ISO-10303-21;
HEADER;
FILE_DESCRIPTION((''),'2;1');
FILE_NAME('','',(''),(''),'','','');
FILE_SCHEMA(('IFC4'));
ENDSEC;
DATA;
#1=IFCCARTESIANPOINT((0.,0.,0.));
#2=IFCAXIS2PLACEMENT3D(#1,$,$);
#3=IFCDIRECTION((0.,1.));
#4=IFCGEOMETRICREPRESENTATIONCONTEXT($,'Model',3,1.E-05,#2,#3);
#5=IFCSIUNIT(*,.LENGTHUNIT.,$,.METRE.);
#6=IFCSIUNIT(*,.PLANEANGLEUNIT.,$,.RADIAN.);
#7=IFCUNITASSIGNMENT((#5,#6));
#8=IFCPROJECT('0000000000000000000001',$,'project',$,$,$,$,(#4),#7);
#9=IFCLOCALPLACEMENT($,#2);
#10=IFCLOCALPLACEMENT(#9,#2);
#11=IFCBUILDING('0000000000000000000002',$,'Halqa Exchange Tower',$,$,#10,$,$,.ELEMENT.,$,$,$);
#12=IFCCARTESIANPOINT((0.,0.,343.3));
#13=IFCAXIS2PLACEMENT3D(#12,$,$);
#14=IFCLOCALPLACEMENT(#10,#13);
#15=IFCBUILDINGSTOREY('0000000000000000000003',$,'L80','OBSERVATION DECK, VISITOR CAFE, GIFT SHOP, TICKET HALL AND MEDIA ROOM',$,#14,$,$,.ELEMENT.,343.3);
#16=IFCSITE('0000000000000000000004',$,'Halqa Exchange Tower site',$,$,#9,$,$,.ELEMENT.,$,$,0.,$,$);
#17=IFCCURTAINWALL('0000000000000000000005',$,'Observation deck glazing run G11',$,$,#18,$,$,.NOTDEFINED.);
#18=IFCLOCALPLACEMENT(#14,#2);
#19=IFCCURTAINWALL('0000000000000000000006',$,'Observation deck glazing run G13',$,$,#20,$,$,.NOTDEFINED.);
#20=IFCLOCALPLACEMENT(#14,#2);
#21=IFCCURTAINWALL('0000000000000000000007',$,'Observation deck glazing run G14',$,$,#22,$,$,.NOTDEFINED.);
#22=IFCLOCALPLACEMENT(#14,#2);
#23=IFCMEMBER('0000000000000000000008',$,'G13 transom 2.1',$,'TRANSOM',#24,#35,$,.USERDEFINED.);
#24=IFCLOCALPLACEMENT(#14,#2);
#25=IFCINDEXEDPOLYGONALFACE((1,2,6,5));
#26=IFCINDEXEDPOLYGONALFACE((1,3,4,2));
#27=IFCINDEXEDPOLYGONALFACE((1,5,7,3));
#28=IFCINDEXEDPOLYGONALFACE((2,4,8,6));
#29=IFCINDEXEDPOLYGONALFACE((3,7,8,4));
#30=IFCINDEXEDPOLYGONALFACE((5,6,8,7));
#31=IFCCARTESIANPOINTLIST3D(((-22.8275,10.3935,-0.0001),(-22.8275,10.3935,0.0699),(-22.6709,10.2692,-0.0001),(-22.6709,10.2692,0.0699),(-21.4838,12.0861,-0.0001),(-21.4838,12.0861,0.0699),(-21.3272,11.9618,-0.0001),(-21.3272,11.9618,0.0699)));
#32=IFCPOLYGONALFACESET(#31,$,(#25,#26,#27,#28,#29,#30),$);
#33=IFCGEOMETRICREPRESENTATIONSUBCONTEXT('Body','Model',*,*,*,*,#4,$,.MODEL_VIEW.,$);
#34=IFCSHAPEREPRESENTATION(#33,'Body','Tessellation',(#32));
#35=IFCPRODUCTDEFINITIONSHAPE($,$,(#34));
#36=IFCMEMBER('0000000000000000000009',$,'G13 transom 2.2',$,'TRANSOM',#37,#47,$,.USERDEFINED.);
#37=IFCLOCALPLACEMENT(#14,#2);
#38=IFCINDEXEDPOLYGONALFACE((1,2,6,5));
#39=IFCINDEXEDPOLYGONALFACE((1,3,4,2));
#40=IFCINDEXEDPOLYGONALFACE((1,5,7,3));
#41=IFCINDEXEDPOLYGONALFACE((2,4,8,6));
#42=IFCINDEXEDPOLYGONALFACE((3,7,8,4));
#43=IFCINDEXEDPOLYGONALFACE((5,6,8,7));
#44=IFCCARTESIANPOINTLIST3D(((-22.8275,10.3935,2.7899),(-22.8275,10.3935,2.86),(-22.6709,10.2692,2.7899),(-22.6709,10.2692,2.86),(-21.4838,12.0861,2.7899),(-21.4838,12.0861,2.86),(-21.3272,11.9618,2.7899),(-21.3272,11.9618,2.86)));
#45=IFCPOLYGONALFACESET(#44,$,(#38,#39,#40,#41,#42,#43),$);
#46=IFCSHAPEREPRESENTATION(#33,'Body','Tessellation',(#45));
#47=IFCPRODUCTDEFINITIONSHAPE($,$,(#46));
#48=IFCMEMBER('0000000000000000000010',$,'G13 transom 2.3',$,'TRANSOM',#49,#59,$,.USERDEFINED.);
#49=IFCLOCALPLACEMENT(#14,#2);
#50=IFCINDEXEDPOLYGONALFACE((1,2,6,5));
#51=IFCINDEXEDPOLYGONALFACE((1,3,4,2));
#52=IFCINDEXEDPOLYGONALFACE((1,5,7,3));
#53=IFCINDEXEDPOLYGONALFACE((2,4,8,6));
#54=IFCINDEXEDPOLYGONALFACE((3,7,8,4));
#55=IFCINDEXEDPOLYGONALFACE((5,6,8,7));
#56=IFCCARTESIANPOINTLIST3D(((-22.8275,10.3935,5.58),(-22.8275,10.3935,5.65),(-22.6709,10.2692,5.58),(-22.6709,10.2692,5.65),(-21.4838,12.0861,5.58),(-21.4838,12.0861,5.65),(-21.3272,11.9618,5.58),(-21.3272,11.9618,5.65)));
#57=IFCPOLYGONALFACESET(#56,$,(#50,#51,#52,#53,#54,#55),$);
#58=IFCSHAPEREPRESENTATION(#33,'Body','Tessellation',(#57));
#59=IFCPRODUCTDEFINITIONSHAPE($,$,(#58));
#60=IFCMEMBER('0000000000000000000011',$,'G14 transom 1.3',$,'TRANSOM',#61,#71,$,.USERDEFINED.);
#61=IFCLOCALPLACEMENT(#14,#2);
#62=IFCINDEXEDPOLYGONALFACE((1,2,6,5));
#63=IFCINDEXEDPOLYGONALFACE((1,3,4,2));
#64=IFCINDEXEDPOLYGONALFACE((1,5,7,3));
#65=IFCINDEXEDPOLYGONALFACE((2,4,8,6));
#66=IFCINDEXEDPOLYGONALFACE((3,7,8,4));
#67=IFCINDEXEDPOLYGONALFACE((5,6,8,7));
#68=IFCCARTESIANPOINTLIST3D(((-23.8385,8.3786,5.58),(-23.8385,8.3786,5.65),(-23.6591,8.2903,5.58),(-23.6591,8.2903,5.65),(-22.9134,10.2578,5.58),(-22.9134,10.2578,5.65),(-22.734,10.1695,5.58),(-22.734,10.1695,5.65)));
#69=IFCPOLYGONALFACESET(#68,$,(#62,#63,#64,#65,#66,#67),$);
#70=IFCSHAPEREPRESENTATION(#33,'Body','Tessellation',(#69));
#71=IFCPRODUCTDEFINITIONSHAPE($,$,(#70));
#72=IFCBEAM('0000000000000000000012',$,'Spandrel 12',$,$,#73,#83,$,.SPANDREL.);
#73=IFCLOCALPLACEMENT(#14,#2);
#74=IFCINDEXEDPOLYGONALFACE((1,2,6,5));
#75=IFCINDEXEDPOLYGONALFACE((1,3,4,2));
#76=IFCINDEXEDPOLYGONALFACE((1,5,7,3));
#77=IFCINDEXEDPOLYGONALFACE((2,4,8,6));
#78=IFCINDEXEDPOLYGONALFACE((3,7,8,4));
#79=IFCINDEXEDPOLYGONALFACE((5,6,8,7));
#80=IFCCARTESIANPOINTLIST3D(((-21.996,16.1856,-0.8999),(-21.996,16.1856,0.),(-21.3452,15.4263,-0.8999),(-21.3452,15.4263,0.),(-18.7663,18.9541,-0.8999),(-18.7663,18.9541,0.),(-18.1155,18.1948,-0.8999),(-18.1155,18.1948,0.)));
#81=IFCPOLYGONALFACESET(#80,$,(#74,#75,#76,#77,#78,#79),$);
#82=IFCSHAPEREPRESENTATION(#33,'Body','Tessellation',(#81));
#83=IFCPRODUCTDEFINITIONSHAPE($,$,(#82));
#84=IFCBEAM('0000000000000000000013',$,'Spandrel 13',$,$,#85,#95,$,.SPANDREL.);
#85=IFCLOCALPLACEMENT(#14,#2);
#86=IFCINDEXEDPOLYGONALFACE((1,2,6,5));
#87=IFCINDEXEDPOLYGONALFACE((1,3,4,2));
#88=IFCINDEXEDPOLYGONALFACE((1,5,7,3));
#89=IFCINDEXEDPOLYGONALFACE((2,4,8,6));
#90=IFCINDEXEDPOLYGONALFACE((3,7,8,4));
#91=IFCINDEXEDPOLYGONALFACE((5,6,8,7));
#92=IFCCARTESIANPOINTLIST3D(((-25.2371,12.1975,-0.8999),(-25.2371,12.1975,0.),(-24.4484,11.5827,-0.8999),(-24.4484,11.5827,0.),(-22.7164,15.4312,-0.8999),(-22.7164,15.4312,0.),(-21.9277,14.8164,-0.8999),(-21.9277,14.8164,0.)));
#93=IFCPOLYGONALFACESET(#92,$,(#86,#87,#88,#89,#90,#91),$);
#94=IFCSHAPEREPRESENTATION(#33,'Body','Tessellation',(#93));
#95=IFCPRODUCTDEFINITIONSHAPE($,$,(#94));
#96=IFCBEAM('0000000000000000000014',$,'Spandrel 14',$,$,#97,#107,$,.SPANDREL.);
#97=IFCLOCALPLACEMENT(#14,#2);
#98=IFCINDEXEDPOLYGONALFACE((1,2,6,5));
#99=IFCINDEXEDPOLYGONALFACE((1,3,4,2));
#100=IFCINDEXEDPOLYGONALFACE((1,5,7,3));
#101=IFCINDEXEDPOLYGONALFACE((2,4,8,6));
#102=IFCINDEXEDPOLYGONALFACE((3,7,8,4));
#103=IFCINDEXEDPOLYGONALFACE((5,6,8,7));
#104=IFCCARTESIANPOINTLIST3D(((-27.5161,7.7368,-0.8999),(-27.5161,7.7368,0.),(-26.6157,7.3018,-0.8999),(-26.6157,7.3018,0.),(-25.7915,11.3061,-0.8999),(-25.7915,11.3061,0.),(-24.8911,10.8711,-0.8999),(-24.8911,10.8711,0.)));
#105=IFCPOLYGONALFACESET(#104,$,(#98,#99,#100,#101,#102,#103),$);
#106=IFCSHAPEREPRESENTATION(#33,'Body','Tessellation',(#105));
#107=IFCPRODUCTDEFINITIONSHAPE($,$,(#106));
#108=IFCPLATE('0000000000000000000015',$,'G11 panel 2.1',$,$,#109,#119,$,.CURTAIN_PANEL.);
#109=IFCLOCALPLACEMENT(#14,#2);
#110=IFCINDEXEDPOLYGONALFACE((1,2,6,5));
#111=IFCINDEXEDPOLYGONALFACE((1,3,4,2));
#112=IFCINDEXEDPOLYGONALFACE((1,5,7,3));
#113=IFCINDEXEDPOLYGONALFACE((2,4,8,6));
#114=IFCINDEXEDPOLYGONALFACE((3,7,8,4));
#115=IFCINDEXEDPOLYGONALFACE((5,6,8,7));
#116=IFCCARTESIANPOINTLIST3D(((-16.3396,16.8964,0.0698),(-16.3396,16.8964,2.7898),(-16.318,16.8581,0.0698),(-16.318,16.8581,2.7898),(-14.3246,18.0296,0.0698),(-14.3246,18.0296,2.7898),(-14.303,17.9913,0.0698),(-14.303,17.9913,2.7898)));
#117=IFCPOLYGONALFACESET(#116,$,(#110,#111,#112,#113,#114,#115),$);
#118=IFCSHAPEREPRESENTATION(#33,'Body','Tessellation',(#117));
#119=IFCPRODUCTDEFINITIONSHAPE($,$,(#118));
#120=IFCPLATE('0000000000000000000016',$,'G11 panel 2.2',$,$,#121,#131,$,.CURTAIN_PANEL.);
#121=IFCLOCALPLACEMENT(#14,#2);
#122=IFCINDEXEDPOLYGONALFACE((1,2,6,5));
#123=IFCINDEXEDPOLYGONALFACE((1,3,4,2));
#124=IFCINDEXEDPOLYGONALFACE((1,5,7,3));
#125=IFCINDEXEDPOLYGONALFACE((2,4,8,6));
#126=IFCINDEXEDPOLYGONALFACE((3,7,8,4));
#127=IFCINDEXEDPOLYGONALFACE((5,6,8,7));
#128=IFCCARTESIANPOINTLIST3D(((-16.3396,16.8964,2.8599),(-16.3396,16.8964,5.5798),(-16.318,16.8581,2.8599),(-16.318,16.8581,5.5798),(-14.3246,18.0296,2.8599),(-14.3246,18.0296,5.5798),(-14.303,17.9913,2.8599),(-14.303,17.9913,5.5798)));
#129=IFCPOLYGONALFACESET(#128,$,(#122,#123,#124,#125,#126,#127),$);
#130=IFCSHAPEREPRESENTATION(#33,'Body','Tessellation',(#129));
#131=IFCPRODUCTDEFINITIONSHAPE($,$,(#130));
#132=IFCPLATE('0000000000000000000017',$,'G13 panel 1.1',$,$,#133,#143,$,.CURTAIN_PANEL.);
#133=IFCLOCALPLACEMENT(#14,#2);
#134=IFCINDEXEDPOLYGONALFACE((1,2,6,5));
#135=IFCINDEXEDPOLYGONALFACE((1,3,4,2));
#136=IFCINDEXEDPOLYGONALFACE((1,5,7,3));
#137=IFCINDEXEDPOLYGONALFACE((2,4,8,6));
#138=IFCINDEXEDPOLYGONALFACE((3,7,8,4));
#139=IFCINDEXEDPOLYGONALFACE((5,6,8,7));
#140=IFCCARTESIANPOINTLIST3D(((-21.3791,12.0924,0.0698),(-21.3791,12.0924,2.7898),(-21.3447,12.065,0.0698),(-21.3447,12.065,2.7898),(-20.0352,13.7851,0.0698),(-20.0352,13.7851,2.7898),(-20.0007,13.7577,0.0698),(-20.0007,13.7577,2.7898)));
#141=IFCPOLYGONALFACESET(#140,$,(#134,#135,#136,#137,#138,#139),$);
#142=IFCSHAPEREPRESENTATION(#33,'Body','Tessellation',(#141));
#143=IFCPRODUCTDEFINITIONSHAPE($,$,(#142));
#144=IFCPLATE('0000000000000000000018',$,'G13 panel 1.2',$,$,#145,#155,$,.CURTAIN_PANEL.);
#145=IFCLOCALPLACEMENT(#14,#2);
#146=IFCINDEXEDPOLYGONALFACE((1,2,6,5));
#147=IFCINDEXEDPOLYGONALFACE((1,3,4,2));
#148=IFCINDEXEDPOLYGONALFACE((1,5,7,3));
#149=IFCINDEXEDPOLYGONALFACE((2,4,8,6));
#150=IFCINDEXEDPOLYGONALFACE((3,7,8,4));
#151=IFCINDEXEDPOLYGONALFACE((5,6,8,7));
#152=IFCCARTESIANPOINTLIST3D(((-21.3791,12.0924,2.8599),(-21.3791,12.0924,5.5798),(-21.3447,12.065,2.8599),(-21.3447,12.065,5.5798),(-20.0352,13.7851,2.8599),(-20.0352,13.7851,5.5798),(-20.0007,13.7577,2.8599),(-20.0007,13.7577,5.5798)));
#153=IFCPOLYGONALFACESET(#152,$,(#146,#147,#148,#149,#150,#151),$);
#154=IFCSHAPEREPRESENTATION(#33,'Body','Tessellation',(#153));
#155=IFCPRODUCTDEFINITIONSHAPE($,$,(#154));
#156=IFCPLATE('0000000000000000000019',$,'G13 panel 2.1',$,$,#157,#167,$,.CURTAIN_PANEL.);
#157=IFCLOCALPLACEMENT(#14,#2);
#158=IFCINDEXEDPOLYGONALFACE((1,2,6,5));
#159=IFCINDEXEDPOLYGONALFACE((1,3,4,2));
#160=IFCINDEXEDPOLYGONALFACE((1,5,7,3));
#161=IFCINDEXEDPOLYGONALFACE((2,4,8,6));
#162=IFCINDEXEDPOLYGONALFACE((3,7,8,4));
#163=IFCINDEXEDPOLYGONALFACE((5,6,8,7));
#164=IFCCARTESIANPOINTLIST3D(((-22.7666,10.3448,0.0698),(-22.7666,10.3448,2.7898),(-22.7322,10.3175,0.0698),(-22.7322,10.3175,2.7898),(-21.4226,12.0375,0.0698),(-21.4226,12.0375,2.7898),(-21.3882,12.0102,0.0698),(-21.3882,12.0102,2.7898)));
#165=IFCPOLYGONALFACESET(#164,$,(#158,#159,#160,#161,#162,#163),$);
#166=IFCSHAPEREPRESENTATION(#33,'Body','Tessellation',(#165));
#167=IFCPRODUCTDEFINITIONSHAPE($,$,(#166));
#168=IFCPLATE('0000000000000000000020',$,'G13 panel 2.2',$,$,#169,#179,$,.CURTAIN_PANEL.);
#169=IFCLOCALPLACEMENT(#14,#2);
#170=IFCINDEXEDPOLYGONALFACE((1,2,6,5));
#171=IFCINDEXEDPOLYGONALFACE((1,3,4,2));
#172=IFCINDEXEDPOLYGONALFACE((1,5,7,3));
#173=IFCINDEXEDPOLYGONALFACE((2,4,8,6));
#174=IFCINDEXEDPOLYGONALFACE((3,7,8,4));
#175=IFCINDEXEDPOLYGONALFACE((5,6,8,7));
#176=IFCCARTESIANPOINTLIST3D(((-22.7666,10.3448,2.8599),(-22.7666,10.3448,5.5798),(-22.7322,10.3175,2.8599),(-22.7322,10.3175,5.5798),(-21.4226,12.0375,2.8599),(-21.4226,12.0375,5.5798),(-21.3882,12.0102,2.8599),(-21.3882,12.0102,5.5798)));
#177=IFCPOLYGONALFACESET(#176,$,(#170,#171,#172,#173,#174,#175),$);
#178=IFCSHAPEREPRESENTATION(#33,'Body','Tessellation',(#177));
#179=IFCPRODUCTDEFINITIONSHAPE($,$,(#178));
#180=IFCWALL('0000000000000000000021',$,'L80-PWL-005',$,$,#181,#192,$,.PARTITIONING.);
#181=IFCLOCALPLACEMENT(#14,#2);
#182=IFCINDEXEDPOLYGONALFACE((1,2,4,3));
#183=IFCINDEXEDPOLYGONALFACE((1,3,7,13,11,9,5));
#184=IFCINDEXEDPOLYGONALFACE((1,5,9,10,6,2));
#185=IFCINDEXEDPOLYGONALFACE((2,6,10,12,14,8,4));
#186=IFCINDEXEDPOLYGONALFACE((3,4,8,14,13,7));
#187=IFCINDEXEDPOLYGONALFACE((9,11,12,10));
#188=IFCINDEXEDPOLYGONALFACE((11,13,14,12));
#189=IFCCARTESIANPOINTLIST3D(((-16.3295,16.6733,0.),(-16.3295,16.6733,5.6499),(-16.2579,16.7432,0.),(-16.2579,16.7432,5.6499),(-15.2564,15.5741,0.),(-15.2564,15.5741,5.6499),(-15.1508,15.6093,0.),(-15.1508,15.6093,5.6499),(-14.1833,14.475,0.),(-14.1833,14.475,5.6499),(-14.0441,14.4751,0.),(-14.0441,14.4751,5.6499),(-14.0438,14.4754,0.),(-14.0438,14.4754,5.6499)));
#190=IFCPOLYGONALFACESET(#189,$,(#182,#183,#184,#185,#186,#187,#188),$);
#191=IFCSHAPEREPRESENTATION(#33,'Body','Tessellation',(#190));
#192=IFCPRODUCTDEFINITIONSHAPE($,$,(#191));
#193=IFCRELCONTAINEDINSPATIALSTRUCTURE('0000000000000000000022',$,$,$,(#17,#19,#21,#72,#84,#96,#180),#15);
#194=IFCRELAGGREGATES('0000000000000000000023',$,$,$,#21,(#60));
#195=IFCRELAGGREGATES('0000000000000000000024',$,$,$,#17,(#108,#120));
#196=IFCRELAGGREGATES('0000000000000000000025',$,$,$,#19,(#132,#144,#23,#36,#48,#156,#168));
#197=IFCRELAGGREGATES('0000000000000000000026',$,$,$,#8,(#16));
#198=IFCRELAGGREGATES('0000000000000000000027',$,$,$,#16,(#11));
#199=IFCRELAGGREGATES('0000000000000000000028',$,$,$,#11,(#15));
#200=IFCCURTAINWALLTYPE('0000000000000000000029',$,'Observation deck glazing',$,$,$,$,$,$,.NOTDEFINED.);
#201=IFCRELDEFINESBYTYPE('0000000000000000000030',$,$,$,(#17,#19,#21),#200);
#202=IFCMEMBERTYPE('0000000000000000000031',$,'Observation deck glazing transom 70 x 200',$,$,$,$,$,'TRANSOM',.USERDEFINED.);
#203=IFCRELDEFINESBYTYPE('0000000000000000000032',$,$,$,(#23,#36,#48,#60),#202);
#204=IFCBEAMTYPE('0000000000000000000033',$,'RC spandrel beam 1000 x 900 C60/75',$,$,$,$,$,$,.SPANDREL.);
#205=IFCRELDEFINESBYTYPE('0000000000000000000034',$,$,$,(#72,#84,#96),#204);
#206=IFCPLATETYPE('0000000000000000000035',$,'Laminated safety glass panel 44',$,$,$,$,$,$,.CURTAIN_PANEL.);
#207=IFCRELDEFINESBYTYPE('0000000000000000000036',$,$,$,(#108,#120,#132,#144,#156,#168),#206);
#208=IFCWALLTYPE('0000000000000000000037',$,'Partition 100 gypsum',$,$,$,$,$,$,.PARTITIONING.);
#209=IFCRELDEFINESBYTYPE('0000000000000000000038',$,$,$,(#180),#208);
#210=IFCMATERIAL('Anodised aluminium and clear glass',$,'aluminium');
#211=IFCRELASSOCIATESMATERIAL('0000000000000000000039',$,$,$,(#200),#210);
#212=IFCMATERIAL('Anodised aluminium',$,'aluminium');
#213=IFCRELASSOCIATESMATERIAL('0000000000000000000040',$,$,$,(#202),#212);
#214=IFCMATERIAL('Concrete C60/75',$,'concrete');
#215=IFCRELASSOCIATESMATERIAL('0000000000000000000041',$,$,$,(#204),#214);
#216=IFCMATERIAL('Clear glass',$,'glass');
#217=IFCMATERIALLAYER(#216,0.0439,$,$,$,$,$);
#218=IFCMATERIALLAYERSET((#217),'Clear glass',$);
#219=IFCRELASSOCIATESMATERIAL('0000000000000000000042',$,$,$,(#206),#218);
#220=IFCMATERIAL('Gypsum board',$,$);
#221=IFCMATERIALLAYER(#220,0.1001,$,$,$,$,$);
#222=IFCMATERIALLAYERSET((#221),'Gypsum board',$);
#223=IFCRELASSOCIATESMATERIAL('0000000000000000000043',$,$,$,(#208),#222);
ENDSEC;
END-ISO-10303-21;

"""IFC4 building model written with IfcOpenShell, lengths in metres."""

from ifc_helpers import new_model, si_unit, direction, frame, origin, origin_2d, place, context, subcontext, project, spatial, polyline, rectangle, outline, extrude, material, layer, layer_set, material_profile, profile_set, type_object, element, aggregate, save


model = new_model("IFC4")

# Units and contexts
model_context = context("Model", 3, precision=1e-05, world=origin(), true_north=direction((0.0, 1.0)))
body_context = subcontext(model_context, "Body", "Model", "MODEL_VIEW")
ifc_project = project(units=[si_unit("LENGTHUNIT", "METRE"), si_unit("PLANEANGLEUNIT", "RADIAN")], contexts=[model_context])

# Site, building, storey
site_placement = place(None, origin())
site = spatial("IfcSite", under=ifc_project, at=site_placement, Name="Halqa Exchange Tower site", CompositionType="ELEMENT", RefElevation=0.0)
building_placement = place(site_placement, origin())
building = spatial("IfcBuilding", under=site, at=building_placement, Name="Halqa Exchange Tower", CompositionType="ELEMENT")
storey_placement = place(building_placement, frame((0.0, 0.0, 343.3)))
storey = spatial("IfcBuildingStorey", under=building, at=storey_placement, Name="L80", Description="OBSERVATION DECK, VISITOR CAFE, GIFT SHOP, TICKET HALL AND MEDIA ROOM", CompositionType="ELEMENT", Elevation=343.3)

# Curtain walls
ifc_material_1 = material(Name="Anodised aluminium and clear glass", Category="aluminium")
curtain_wall_type = type_object("IfcCurtainWallType", Name="Observation deck glazing", PredefinedType="NOTDEFINED", material=ifc_material_1)
curtain_wall_1_placement = place(storey_placement, origin())
curtain_wall_1 = element("IfcCurtainWall", 1, at=curtain_wall_1_placement, inside=storey, type_object=curtain_wall_type, Name="Observation deck glazing run G11", PredefinedType="NOTDEFINED")
ifc_material_2 = material(Name="Anodised aluminium", Category="aluminium")
curtain_wall_2_placement = place(storey_placement, origin())
curtain_wall_2 = element("IfcCurtainWall", 2, at=curtain_wall_2_placement, inside=storey, type_object=curtain_wall_type, Name="Observation deck glazing run G13", PredefinedType="NOTDEFINED")

# Curtain wall
curtain_wall_3_placement = place(storey_placement, origin())
curtain_wall_3 = element("IfcCurtainWall", 3, at=curtain_wall_3_placement, inside=storey, type_object=curtain_wall_type, Name="Observation deck glazing run G14", PredefinedType="NOTDEFINED")

# Members
ifc_material_profile_1 = material_profile(ifc_material_2, rectangle(XDim=0.2, YDim=0.0701, at=origin_2d()), Name="AL 70x200")
ifc_profile_set_1 = profile_set([ifc_material_profile_1], Name="Anodised aluminium")
member_type_1 = type_object("IfcMemberType", Name="Observation deck glazing transom 70 x 200", ElementType="TRANSOM", PredefinedType="USERDEFINED", material=ifc_profile_set_1)
member_1_placement = place(storey_placement, frame((-21.4055, 12.0239, 0.0349), z_axis=(-0.62177, -0.7832, 0.0), x_axis=(0.7832, -0.62177, 0.0)))
member_1 = element("IfcMember", 4, at=member_1_placement, type_object=member_type_1, Name="G13 transom 2.1", ObjectType="TRANSOM", PredefinedType="USERDEFINED", context=body_context, shape_type="SweptSolid", body=[
    extrude(rectangle(XDim=0.2, YDim=0.0701, at=origin_2d()), origin(), (0.0, 0.0, 1.0), 2.1611),
])
member_2_placement = place(storey_placement, frame((-21.4055, 12.0239, 2.825), z_axis=(-0.62177, -0.7832, 0.0), x_axis=(0.7832, -0.62177, 0.0)))
member_2 = element("IfcMember", 5, at=member_2_placement, type_object=member_type_1, Name="G13 transom 2.2", ObjectType="TRANSOM", PredefinedType="USERDEFINED", context=body_context, shape_type="SweptSolid", body=[
    extrude(rectangle(XDim=0.2, YDim=0.0701, at=origin_2d()), origin(), (0.0, 0.0, 1.0), 2.1611),
])
member_3_placement = place(storey_placement, frame((-21.4055, 12.0239, 5.615), z_axis=(-0.62177, -0.7832, 0.0), x_axis=(0.7832, -0.62177, 0.0)))
member_3 = element("IfcMember", 6, at=member_3_placement, type_object=member_type_1, Name="G13 transom 2.3", ObjectType="TRANSOM", PredefinedType="USERDEFINED", context=body_context, shape_type="SweptSolid", body=[
    extrude(rectangle(XDim=0.2, YDim=0.0701, at=origin_2d()), origin(), (0.0, 0.0, 1.0), 2.1611),
])
member_4_placement = place(storey_placement, frame((-22.8237, 10.2136, 5.615), z_axis=(-0.441657, -0.897184, 0.0), x_axis=(0.897184, -0.441657, 0.0)))
member_4 = element("IfcMember", 7, at=member_4_placement, type_object=member_type_1, Name="G14 transom 1.3", ObjectType="TRANSOM", PredefinedType="USERDEFINED", context=body_context, shape_type="SweptSolid", body=[
    extrude(rectangle(XDim=0.2, YDim=0.0701, at=origin_2d()), origin(), (0.0, 0.0, 1.0), 2.0945),
])
aggregate(curtain_wall_3, [member_4])

# Beams
ifc_material_3 = material(Name="Concrete C60/75", Category="concrete")
ifc_material_profile_2 = material_profile(ifc_material_3, rectangle(XDim=1.0, YDim=0.8999, at=origin_2d()), Name="1000 x 900")
ifc_profile_set_2 = profile_set([ifc_material_profile_2], Name="Concrete C60/75")
beam_type = type_object("IfcBeamType", Name="RC spandrel beam 1000 x 900 C60/75", PredefinedType="SPANDREL", material=ifc_profile_set_2)
beam_1_placement = place(storey_placement, frame((-18.4409, 18.5745, -0.45), z_axis=(-0.759232, -0.65082, 0.0), x_axis=(0.65082, -0.759232, 0.0)))
element("IfcBeam", 8, at=beam_1_placement, inside=storey, type_object=beam_type, Name="Spandrel 12", PredefinedType="SPANDREL", context=body_context, shape_type="SweptSolid", body=[
    extrude(rectangle(XDim=1.0, YDim=0.8999, at=origin_2d()), origin(), (0.0, 0.0, 1.0), 4.2539),
])
beam_2_placement = place(storey_placement, frame((-22.322, 15.1238, -0.45), z_axis=(-0.614806, -0.788678, 0.0), x_axis=(0.788678, -0.614806, 0.0)))
element("IfcBeam", 9, at=beam_2_placement, inside=storey, type_object=beam_type, Name="Spandrel 13", PredefinedType="SPANDREL", context=body_context, shape_type="SweptSolid", body=[
    extrude(rectangle(XDim=1.0, YDim=0.8999, at=origin_2d()), origin(), (0.0, 0.0, 1.0), 4.1001),
])
beam_3_placement = place(storey_placement, frame((-25.3413, 11.0886, -0.45), z_axis=(-0.435052, -0.900405, 0.0), x_axis=(0.900405, -0.435052, 0.0)))
element("IfcBeam", 10, at=beam_3_placement, inside=storey, type_object=beam_type, Name="Spandrel 14", PredefinedType="SPANDREL", context=body_context, shape_type="SweptSolid", body=[
    extrude(rectangle(XDim=1.0, YDim=0.8999, at=origin_2d()), origin(), (0.0, 0.0, 1.0), 3.9641),
])

# Plates
ifc_material_4 = material(Name="Clear glass", Category="glass")
ifc_layer_1 = layer(ifc_material_4, 0.0439)
ifc_layer_set_1 = layer_set([ifc_layer_1], Name="Clear glass")
plate_type = type_object("IfcPlateType", Name="Laminated safety glass panel 44", PredefinedType="CURTAIN_PANEL", material=ifc_layer_set_1)
plate_1_placement = place(storey_placement, frame((-15.3213, 17.4438, 0.0698), z_axis=(0.0, 0.0, 1.0), x_axis=(-0.871634, -0.490158, 0.0)))
plate_1 = element("IfcPlate", 11, at=plate_1_placement, type_object=plate_type, Name="G11 panel 2.1", PredefinedType="CURTAIN_PANEL", context=body_context, shape_type="SweptSolid", body=[
    extrude(rectangle(XDim=2.3118, YDim=0.0439, at=origin_2d()), origin(), (0.0, 0.0, 1.0), 2.72),
])
plate_2_placement = place(storey_placement, frame((-15.3213, 17.4438, 2.8599), z_axis=(0.0, 0.0, 1.0), x_axis=(-0.871634, -0.490158, 0.0)))
plate_2 = element("IfcPlate", 12, at=plate_2_placement, type_object=plate_type, Name="G11 panel 2.2", PredefinedType="CURTAIN_PANEL", context=body_context, shape_type="SweptSolid", body=[
    extrude(rectangle(XDim=2.3118, YDim=0.0439, at=origin_2d()), origin(), (0.0, 0.0, 1.0), 2.72),
])
aggregate(curtain_wall_1, [plate_1, plate_2])
plate_3_placement = place(storey_placement, frame((-20.6899, 12.925, 0.0698), z_axis=(0.0, 0.0, 1.0), x_axis=(-0.621817, -0.783162, 0.0)))
plate_3 = element("IfcPlate", 13, at=plate_3_placement, type_object=plate_type, Name="G13 panel 1.1", PredefinedType="CURTAIN_PANEL", context=body_context, shape_type="SweptSolid", body=[
    extrude(rectangle(XDim=2.1614, YDim=0.0439, at=origin_2d()), origin(), (0.0, 0.0, 1.0), 2.72),
])
plate_4_placement = place(storey_placement, frame((-20.6899, 12.925, 2.8599), z_axis=(0.0, 0.0, 1.0), x_axis=(-0.621817, -0.783162, 0.0)))
plate_4 = element("IfcPlate", 14, at=plate_4_placement, type_object=plate_type, Name="G13 panel 1.2", PredefinedType="CURTAIN_PANEL", context=body_context, shape_type="SweptSolid", body=[
    extrude(rectangle(XDim=2.1614, YDim=0.0439, at=origin_2d()), origin(), (0.0, 0.0, 1.0), 2.72),
])
plate_5_placement = place(storey_placement, frame((-22.0774, 11.1775, 0.0698), z_axis=(0.0, 0.0, 1.0), x_axis=(-0.621817, -0.783162, 0.0)))
plate_5 = element("IfcPlate", 15, at=plate_5_placement, type_object=plate_type, Name="G13 panel 2.1", PredefinedType="CURTAIN_PANEL", context=body_context, shape_type="SweptSolid", body=[
    extrude(rectangle(XDim=2.1614, YDim=0.0439, at=origin_2d()), origin(), (0.0, 0.0, 1.0), 2.72),
])
plate_6_placement = place(storey_placement, frame((-22.0774, 11.1775, 2.8599), z_axis=(0.0, 0.0, 1.0), x_axis=(-0.621817, -0.783162, 0.0)))
plate_6 = element("IfcPlate", 16, at=plate_6_placement, type_object=plate_type, Name="G13 panel 2.2", PredefinedType="CURTAIN_PANEL", context=body_context, shape_type="SweptSolid", body=[
    extrude(rectangle(XDim=2.1614, YDim=0.0439, at=origin_2d()), origin(), (0.0, 0.0, 1.0), 2.72),
])
aggregate(curtain_wall_2, [plate_3, plate_4, member_1, member_2, member_3, plate_5, plate_6])

# Wall
ifc_material_5 = material(Name="Gypsum board")
ifc_layer_2 = layer(ifc_material_5, 0.1001)
ifc_layer_set_2 = layer_set([ifc_layer_2], Name="Gypsum board")
wall_type_1 = type_object("IfcWallType", Name="Partition 100 gypsum", PredefinedType="PARTITIONING", material=ifc_layer_set_2)
wall_1_placement = place(storey_placement, frame((-14.0796, 14.4404, 0.0), z_axis=(0.0, 0.0, 1.0), x_axis=(-0.698583, 0.715529, 0.0)))
element("IfcWall", 17, at=wall_1_placement, inside=storey, type_object=wall_type_1, Name="L80-PWL-005", PredefinedType="PARTITIONING", context=body_context, shape_type="SweptSolid", body=[
    extrude(outline(polyline([(3.1694, 0.05), (1.6333, 0.05), (0.0972, 0.05), (0.0, -0.0496), (0.0, -0.05), (1.5847, -0.05), (3.1694, -0.05), (3.1694, 0.05)])), origin(), (0.0, 0.0, 1.0), 5.6499),
])

save(model, "model.ifc")
